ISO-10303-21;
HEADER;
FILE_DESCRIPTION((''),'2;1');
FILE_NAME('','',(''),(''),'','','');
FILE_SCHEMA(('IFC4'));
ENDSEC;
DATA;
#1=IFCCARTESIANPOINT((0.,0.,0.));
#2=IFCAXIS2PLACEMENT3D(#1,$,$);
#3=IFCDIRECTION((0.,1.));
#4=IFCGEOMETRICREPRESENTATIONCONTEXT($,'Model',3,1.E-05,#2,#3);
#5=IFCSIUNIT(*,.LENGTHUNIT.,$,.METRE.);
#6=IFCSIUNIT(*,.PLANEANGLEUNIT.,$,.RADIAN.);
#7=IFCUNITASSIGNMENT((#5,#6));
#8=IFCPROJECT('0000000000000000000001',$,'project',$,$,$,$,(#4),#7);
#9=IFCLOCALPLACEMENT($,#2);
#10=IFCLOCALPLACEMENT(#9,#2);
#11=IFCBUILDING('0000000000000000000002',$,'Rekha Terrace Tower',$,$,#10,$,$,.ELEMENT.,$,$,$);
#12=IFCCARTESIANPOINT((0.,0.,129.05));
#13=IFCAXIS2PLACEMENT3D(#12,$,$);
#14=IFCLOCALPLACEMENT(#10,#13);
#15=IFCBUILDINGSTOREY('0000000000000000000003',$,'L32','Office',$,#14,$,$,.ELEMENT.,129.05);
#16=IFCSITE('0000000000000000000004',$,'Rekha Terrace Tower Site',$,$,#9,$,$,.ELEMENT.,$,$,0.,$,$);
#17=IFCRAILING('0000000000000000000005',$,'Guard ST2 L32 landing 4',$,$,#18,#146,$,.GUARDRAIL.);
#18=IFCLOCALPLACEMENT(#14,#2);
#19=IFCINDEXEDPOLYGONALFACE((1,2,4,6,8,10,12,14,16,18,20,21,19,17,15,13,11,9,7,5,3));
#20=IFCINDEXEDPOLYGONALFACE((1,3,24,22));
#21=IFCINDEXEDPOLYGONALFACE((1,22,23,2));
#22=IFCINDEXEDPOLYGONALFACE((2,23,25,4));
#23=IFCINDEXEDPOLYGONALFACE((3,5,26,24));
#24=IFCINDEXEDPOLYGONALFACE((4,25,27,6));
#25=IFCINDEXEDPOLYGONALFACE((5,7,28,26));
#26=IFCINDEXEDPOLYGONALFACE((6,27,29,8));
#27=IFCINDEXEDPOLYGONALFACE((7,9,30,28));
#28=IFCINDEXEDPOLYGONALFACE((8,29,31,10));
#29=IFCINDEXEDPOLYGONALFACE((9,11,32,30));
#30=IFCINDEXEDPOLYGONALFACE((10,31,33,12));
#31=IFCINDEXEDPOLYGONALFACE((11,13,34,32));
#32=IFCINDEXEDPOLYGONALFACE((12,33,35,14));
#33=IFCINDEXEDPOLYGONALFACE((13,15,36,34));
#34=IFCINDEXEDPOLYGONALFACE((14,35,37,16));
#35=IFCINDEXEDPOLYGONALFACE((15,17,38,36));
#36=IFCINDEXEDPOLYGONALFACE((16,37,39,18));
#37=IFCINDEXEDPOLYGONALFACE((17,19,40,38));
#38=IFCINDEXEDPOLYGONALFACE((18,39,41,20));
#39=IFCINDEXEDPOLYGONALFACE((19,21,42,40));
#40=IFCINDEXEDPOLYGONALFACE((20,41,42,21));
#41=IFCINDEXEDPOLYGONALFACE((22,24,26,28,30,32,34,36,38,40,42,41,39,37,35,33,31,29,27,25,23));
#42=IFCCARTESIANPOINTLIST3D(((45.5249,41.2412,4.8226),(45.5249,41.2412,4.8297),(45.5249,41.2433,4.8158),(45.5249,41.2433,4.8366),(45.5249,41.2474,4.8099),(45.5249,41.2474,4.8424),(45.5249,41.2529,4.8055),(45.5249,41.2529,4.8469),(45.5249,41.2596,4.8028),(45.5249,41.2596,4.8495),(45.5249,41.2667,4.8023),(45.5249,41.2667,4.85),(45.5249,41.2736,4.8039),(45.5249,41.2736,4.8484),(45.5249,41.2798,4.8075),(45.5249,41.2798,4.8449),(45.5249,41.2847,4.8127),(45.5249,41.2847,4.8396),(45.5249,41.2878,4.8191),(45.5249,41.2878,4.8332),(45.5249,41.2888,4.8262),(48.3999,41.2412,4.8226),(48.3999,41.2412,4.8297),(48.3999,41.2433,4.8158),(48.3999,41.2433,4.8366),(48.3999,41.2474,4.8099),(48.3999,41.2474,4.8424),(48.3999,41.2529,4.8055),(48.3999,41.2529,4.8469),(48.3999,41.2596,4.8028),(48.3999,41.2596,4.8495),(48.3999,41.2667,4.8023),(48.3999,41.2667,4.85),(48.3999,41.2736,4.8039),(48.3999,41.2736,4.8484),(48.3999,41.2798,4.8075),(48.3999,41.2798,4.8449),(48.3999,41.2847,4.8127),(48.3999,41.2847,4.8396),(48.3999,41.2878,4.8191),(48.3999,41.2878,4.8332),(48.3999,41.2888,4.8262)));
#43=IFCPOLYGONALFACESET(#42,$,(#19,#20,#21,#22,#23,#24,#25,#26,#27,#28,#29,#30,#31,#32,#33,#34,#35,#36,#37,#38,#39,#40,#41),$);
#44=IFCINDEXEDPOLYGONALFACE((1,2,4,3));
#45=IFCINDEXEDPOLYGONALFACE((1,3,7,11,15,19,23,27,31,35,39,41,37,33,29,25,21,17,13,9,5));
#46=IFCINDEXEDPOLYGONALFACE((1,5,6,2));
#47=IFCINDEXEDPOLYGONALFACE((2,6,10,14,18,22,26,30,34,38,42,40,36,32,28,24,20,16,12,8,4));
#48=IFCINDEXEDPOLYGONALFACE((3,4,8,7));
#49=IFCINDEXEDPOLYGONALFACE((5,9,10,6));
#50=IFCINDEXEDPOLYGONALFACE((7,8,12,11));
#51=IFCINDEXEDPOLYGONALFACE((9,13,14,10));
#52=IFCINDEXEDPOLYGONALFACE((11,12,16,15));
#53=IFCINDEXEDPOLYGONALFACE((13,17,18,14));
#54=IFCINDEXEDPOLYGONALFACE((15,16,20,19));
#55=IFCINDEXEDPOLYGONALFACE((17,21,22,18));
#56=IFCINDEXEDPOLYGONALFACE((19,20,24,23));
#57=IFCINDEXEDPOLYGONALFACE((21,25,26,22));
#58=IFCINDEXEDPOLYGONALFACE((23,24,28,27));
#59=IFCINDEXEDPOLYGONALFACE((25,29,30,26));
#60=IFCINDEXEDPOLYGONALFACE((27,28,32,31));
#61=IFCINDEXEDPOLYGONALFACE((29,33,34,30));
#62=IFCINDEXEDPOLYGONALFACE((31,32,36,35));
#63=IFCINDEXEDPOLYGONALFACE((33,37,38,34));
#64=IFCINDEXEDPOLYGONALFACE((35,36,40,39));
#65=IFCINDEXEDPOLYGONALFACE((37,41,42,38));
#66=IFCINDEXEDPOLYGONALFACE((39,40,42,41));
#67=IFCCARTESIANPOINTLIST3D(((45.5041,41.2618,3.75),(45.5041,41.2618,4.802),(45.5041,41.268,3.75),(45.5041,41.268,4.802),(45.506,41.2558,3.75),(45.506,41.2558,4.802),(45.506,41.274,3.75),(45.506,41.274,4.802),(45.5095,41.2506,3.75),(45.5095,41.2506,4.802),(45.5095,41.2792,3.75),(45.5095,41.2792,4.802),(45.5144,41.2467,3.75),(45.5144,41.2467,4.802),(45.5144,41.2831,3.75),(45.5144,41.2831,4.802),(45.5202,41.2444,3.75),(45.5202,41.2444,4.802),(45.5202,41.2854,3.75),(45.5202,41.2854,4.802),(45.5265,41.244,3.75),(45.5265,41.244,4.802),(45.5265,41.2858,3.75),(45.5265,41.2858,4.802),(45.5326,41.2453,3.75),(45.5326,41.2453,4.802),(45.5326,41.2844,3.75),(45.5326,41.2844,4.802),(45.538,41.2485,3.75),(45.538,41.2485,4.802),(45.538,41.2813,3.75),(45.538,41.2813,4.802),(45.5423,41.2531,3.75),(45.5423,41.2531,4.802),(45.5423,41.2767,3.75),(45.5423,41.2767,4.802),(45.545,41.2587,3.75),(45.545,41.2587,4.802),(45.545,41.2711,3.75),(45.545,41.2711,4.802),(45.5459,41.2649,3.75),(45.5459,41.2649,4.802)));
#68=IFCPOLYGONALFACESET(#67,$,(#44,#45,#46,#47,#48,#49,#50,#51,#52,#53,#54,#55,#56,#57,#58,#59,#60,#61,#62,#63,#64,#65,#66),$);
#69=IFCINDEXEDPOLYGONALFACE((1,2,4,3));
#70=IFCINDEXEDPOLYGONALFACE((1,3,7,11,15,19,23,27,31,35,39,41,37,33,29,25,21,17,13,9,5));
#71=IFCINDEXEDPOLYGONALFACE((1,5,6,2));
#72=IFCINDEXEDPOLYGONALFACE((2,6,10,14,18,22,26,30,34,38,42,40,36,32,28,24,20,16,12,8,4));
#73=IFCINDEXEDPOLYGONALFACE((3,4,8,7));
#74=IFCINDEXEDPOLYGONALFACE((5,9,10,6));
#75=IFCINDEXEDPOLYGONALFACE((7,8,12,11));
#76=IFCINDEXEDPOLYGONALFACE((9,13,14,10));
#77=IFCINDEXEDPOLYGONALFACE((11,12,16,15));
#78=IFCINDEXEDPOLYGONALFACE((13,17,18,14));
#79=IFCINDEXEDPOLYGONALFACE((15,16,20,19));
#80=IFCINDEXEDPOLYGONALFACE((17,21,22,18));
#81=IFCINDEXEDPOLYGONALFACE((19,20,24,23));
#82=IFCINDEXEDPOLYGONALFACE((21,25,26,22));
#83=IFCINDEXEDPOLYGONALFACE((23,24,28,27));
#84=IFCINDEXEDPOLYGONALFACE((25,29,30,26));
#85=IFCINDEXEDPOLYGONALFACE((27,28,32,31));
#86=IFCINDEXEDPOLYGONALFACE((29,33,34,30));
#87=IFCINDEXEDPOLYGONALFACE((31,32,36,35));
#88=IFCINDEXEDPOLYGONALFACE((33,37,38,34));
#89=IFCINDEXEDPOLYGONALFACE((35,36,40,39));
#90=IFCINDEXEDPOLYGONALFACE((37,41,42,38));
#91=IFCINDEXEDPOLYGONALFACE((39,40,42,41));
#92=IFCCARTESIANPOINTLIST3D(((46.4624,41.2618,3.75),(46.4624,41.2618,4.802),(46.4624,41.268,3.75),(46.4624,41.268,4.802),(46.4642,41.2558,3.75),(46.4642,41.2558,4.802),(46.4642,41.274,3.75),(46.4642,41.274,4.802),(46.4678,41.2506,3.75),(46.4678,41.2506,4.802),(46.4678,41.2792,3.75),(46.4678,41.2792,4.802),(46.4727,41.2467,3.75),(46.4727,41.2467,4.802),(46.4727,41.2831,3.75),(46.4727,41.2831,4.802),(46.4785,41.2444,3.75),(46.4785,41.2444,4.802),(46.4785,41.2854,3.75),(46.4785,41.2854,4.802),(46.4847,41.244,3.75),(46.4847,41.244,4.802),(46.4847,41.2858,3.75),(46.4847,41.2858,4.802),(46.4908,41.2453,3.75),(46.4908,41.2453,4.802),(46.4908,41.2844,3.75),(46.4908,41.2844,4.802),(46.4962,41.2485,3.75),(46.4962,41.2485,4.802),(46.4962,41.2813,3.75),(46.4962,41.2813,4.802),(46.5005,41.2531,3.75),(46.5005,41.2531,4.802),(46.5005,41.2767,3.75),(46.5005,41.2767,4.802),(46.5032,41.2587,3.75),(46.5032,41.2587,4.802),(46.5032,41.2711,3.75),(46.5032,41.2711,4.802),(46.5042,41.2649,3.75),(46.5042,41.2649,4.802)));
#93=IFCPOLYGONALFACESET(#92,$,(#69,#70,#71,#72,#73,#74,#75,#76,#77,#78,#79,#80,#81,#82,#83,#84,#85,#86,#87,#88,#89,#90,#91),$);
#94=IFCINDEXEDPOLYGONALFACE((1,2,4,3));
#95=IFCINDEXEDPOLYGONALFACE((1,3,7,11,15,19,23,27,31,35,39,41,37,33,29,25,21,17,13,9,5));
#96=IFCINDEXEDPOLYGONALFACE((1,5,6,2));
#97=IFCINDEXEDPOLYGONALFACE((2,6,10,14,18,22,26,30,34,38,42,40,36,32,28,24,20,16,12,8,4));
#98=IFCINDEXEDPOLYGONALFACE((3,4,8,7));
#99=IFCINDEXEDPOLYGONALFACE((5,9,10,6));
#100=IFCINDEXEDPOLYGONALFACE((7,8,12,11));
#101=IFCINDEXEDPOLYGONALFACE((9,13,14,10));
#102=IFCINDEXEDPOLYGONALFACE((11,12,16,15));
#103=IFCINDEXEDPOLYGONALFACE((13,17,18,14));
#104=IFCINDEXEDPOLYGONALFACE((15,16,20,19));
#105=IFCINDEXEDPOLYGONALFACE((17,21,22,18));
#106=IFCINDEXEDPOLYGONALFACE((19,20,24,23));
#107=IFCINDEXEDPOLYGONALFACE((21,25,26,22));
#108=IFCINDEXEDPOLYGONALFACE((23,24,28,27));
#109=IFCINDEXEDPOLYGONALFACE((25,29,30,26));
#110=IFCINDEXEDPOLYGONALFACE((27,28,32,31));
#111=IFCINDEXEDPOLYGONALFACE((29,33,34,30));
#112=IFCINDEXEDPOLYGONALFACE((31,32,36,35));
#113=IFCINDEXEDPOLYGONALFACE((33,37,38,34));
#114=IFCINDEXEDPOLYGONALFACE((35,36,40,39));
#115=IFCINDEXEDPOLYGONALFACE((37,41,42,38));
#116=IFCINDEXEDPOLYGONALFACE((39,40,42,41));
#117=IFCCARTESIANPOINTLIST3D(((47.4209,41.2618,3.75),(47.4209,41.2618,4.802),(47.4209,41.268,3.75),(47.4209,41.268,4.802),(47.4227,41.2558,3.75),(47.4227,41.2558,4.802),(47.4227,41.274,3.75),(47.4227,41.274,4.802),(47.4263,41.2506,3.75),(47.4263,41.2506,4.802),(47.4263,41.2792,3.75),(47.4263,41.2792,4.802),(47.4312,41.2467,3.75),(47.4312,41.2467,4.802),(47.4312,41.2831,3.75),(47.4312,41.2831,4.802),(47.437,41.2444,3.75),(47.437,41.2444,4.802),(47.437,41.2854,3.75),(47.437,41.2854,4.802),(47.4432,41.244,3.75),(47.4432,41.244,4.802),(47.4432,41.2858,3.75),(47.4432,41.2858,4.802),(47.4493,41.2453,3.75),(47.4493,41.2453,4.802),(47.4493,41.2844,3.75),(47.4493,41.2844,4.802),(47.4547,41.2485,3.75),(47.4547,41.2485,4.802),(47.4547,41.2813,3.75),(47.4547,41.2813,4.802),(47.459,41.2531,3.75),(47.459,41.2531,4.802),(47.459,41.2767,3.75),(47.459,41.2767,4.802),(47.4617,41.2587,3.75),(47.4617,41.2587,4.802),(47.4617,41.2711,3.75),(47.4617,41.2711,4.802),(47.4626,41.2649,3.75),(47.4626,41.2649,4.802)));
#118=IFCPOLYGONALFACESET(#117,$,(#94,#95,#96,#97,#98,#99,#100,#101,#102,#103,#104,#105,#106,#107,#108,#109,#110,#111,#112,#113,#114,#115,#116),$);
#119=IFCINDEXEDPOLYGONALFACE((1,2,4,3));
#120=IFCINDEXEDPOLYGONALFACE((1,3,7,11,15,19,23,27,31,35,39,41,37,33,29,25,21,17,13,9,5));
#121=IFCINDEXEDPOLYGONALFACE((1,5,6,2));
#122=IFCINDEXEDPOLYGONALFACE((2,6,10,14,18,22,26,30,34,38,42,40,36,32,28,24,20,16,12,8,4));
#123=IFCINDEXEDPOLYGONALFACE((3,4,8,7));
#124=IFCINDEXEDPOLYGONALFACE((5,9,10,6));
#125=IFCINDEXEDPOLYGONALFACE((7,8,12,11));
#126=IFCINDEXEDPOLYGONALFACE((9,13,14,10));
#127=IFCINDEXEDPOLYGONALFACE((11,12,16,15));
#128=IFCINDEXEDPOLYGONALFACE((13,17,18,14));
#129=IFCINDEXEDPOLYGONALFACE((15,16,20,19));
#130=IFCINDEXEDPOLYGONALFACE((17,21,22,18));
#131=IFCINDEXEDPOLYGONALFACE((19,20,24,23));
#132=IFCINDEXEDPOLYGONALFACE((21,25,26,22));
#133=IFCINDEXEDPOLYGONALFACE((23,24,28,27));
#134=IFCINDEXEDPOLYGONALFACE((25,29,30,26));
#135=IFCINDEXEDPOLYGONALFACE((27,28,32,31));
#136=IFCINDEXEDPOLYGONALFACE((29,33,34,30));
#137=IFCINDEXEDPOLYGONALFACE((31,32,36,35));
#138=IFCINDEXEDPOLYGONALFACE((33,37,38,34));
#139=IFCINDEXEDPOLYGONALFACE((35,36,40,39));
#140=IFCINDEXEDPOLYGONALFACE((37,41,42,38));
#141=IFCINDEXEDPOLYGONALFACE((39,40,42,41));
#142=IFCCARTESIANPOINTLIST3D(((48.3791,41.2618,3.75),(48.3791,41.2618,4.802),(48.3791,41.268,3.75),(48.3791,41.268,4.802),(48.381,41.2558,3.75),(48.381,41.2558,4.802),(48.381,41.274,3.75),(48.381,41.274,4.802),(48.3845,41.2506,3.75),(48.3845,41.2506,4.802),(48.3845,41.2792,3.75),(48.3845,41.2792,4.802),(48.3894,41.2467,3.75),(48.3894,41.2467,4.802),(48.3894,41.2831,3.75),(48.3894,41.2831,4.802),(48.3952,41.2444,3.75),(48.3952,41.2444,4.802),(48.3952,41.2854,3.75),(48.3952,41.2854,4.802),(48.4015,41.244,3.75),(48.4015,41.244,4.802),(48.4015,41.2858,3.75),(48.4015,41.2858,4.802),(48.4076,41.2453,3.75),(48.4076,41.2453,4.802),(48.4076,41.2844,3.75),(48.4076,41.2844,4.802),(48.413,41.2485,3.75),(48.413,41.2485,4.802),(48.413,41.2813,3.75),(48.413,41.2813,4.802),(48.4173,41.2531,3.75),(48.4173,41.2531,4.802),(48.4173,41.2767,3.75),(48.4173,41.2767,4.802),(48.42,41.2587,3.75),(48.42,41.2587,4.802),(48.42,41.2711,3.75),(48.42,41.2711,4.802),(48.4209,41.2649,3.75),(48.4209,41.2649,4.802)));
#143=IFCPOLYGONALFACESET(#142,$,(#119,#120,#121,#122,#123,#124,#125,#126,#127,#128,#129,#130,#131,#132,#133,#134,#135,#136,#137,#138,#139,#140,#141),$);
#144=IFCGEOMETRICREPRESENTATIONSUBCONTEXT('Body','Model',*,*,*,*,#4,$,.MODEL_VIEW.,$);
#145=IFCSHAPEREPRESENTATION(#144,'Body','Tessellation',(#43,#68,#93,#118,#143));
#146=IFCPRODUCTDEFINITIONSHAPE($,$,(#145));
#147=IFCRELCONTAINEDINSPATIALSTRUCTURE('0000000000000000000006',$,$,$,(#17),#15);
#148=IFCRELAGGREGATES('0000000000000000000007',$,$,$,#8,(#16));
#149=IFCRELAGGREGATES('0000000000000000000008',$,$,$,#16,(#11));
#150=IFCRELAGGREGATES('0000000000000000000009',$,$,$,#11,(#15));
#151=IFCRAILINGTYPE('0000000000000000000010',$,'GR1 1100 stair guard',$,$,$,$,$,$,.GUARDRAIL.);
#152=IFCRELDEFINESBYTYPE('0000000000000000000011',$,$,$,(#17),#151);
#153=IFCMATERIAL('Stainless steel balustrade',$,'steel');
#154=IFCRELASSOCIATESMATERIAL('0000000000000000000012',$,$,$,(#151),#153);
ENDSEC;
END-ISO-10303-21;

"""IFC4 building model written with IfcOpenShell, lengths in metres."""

from ifc_helpers import new_model, si_unit, direction, frame, origin, origin_2d, place, context, subcontext, project, spatial, circle, extrude, material, type_object, element, save


model = new_model("IFC4")

# Units and contexts
model_context = context("Model", 3, precision=1e-05, world=origin(), true_north=direction((0.0, 1.0)))
body_context = subcontext(model_context, "Body", "Model", "MODEL_VIEW")
ifc_project = project(units=[si_unit("LENGTHUNIT", "METRE"), si_unit("PLANEANGLEUNIT", "RADIAN")], contexts=[model_context])

# Site, building, storey
site_placement = place(None, origin())
site = spatial("IfcSite", under=ifc_project, at=site_placement, Name="Rekha Terrace Tower Site", CompositionType="ELEMENT", RefElevation=0.0)
building_placement = place(site_placement, origin())
building = spatial("IfcBuilding", under=site, at=building_placement, Name="Rekha Terrace Tower", CompositionType="ELEMENT")
storey_placement = place(building_placement, frame((0.0, 0.0, 129.05)))
storey = spatial("IfcBuildingStorey", under=building, at=storey_placement, Name="L32", Description="Office", CompositionType="ELEMENT", Elevation=129.05)

# Railing
ifc_material_1 = material(Name="Stainless steel balustrade", Category="steel")
railing_type_1 = type_object("IfcRailingType", Name="GR1 1100 stair guard", PredefinedType="GUARDRAIL", material=ifc_material_1)
railing_1_placement = place(storey_placement, frame((45.5249, 41.2649, 3.75)))
element("IfcRailing", 1, at=railing_1_placement, inside=storey, type_object=railing_type_1, Name="Guard ST2 L32 landing 4", PredefinedType="GUARDRAIL", context=body_context, shape_type="SweptSolid", body=[
    extrude(circle(Radius=0.0239, at=origin_2d()), frame((0.0, 0.0, 1.0762), z_axis=(1.0, 0.0, 0.0), x_axis=(0.0, 1.0, 0.0)), (0.0, 0.0, 1.0), 2.875),
    extrude(circle(Radius=0.021, at=origin_2d()), origin(), (0.0, 0.0, 1.0), 1.052),
    extrude(circle(Radius=0.021, at=origin_2d()), frame((0.9583, 0.0, 0.0)), (0.0, 0.0, 1.0), 1.052),
    extrude(circle(Radius=0.021, at=origin_2d()), frame((1.9167, 0.0, 0.0)), (0.0, 0.0, 1.0), 1.052),
    extrude(circle(Radius=0.021, at=origin_2d()), frame((2.875, 0.0, 0.0)), (0.0, 0.0, 1.0), 1.052),
])

save(model, "model.ifc")
